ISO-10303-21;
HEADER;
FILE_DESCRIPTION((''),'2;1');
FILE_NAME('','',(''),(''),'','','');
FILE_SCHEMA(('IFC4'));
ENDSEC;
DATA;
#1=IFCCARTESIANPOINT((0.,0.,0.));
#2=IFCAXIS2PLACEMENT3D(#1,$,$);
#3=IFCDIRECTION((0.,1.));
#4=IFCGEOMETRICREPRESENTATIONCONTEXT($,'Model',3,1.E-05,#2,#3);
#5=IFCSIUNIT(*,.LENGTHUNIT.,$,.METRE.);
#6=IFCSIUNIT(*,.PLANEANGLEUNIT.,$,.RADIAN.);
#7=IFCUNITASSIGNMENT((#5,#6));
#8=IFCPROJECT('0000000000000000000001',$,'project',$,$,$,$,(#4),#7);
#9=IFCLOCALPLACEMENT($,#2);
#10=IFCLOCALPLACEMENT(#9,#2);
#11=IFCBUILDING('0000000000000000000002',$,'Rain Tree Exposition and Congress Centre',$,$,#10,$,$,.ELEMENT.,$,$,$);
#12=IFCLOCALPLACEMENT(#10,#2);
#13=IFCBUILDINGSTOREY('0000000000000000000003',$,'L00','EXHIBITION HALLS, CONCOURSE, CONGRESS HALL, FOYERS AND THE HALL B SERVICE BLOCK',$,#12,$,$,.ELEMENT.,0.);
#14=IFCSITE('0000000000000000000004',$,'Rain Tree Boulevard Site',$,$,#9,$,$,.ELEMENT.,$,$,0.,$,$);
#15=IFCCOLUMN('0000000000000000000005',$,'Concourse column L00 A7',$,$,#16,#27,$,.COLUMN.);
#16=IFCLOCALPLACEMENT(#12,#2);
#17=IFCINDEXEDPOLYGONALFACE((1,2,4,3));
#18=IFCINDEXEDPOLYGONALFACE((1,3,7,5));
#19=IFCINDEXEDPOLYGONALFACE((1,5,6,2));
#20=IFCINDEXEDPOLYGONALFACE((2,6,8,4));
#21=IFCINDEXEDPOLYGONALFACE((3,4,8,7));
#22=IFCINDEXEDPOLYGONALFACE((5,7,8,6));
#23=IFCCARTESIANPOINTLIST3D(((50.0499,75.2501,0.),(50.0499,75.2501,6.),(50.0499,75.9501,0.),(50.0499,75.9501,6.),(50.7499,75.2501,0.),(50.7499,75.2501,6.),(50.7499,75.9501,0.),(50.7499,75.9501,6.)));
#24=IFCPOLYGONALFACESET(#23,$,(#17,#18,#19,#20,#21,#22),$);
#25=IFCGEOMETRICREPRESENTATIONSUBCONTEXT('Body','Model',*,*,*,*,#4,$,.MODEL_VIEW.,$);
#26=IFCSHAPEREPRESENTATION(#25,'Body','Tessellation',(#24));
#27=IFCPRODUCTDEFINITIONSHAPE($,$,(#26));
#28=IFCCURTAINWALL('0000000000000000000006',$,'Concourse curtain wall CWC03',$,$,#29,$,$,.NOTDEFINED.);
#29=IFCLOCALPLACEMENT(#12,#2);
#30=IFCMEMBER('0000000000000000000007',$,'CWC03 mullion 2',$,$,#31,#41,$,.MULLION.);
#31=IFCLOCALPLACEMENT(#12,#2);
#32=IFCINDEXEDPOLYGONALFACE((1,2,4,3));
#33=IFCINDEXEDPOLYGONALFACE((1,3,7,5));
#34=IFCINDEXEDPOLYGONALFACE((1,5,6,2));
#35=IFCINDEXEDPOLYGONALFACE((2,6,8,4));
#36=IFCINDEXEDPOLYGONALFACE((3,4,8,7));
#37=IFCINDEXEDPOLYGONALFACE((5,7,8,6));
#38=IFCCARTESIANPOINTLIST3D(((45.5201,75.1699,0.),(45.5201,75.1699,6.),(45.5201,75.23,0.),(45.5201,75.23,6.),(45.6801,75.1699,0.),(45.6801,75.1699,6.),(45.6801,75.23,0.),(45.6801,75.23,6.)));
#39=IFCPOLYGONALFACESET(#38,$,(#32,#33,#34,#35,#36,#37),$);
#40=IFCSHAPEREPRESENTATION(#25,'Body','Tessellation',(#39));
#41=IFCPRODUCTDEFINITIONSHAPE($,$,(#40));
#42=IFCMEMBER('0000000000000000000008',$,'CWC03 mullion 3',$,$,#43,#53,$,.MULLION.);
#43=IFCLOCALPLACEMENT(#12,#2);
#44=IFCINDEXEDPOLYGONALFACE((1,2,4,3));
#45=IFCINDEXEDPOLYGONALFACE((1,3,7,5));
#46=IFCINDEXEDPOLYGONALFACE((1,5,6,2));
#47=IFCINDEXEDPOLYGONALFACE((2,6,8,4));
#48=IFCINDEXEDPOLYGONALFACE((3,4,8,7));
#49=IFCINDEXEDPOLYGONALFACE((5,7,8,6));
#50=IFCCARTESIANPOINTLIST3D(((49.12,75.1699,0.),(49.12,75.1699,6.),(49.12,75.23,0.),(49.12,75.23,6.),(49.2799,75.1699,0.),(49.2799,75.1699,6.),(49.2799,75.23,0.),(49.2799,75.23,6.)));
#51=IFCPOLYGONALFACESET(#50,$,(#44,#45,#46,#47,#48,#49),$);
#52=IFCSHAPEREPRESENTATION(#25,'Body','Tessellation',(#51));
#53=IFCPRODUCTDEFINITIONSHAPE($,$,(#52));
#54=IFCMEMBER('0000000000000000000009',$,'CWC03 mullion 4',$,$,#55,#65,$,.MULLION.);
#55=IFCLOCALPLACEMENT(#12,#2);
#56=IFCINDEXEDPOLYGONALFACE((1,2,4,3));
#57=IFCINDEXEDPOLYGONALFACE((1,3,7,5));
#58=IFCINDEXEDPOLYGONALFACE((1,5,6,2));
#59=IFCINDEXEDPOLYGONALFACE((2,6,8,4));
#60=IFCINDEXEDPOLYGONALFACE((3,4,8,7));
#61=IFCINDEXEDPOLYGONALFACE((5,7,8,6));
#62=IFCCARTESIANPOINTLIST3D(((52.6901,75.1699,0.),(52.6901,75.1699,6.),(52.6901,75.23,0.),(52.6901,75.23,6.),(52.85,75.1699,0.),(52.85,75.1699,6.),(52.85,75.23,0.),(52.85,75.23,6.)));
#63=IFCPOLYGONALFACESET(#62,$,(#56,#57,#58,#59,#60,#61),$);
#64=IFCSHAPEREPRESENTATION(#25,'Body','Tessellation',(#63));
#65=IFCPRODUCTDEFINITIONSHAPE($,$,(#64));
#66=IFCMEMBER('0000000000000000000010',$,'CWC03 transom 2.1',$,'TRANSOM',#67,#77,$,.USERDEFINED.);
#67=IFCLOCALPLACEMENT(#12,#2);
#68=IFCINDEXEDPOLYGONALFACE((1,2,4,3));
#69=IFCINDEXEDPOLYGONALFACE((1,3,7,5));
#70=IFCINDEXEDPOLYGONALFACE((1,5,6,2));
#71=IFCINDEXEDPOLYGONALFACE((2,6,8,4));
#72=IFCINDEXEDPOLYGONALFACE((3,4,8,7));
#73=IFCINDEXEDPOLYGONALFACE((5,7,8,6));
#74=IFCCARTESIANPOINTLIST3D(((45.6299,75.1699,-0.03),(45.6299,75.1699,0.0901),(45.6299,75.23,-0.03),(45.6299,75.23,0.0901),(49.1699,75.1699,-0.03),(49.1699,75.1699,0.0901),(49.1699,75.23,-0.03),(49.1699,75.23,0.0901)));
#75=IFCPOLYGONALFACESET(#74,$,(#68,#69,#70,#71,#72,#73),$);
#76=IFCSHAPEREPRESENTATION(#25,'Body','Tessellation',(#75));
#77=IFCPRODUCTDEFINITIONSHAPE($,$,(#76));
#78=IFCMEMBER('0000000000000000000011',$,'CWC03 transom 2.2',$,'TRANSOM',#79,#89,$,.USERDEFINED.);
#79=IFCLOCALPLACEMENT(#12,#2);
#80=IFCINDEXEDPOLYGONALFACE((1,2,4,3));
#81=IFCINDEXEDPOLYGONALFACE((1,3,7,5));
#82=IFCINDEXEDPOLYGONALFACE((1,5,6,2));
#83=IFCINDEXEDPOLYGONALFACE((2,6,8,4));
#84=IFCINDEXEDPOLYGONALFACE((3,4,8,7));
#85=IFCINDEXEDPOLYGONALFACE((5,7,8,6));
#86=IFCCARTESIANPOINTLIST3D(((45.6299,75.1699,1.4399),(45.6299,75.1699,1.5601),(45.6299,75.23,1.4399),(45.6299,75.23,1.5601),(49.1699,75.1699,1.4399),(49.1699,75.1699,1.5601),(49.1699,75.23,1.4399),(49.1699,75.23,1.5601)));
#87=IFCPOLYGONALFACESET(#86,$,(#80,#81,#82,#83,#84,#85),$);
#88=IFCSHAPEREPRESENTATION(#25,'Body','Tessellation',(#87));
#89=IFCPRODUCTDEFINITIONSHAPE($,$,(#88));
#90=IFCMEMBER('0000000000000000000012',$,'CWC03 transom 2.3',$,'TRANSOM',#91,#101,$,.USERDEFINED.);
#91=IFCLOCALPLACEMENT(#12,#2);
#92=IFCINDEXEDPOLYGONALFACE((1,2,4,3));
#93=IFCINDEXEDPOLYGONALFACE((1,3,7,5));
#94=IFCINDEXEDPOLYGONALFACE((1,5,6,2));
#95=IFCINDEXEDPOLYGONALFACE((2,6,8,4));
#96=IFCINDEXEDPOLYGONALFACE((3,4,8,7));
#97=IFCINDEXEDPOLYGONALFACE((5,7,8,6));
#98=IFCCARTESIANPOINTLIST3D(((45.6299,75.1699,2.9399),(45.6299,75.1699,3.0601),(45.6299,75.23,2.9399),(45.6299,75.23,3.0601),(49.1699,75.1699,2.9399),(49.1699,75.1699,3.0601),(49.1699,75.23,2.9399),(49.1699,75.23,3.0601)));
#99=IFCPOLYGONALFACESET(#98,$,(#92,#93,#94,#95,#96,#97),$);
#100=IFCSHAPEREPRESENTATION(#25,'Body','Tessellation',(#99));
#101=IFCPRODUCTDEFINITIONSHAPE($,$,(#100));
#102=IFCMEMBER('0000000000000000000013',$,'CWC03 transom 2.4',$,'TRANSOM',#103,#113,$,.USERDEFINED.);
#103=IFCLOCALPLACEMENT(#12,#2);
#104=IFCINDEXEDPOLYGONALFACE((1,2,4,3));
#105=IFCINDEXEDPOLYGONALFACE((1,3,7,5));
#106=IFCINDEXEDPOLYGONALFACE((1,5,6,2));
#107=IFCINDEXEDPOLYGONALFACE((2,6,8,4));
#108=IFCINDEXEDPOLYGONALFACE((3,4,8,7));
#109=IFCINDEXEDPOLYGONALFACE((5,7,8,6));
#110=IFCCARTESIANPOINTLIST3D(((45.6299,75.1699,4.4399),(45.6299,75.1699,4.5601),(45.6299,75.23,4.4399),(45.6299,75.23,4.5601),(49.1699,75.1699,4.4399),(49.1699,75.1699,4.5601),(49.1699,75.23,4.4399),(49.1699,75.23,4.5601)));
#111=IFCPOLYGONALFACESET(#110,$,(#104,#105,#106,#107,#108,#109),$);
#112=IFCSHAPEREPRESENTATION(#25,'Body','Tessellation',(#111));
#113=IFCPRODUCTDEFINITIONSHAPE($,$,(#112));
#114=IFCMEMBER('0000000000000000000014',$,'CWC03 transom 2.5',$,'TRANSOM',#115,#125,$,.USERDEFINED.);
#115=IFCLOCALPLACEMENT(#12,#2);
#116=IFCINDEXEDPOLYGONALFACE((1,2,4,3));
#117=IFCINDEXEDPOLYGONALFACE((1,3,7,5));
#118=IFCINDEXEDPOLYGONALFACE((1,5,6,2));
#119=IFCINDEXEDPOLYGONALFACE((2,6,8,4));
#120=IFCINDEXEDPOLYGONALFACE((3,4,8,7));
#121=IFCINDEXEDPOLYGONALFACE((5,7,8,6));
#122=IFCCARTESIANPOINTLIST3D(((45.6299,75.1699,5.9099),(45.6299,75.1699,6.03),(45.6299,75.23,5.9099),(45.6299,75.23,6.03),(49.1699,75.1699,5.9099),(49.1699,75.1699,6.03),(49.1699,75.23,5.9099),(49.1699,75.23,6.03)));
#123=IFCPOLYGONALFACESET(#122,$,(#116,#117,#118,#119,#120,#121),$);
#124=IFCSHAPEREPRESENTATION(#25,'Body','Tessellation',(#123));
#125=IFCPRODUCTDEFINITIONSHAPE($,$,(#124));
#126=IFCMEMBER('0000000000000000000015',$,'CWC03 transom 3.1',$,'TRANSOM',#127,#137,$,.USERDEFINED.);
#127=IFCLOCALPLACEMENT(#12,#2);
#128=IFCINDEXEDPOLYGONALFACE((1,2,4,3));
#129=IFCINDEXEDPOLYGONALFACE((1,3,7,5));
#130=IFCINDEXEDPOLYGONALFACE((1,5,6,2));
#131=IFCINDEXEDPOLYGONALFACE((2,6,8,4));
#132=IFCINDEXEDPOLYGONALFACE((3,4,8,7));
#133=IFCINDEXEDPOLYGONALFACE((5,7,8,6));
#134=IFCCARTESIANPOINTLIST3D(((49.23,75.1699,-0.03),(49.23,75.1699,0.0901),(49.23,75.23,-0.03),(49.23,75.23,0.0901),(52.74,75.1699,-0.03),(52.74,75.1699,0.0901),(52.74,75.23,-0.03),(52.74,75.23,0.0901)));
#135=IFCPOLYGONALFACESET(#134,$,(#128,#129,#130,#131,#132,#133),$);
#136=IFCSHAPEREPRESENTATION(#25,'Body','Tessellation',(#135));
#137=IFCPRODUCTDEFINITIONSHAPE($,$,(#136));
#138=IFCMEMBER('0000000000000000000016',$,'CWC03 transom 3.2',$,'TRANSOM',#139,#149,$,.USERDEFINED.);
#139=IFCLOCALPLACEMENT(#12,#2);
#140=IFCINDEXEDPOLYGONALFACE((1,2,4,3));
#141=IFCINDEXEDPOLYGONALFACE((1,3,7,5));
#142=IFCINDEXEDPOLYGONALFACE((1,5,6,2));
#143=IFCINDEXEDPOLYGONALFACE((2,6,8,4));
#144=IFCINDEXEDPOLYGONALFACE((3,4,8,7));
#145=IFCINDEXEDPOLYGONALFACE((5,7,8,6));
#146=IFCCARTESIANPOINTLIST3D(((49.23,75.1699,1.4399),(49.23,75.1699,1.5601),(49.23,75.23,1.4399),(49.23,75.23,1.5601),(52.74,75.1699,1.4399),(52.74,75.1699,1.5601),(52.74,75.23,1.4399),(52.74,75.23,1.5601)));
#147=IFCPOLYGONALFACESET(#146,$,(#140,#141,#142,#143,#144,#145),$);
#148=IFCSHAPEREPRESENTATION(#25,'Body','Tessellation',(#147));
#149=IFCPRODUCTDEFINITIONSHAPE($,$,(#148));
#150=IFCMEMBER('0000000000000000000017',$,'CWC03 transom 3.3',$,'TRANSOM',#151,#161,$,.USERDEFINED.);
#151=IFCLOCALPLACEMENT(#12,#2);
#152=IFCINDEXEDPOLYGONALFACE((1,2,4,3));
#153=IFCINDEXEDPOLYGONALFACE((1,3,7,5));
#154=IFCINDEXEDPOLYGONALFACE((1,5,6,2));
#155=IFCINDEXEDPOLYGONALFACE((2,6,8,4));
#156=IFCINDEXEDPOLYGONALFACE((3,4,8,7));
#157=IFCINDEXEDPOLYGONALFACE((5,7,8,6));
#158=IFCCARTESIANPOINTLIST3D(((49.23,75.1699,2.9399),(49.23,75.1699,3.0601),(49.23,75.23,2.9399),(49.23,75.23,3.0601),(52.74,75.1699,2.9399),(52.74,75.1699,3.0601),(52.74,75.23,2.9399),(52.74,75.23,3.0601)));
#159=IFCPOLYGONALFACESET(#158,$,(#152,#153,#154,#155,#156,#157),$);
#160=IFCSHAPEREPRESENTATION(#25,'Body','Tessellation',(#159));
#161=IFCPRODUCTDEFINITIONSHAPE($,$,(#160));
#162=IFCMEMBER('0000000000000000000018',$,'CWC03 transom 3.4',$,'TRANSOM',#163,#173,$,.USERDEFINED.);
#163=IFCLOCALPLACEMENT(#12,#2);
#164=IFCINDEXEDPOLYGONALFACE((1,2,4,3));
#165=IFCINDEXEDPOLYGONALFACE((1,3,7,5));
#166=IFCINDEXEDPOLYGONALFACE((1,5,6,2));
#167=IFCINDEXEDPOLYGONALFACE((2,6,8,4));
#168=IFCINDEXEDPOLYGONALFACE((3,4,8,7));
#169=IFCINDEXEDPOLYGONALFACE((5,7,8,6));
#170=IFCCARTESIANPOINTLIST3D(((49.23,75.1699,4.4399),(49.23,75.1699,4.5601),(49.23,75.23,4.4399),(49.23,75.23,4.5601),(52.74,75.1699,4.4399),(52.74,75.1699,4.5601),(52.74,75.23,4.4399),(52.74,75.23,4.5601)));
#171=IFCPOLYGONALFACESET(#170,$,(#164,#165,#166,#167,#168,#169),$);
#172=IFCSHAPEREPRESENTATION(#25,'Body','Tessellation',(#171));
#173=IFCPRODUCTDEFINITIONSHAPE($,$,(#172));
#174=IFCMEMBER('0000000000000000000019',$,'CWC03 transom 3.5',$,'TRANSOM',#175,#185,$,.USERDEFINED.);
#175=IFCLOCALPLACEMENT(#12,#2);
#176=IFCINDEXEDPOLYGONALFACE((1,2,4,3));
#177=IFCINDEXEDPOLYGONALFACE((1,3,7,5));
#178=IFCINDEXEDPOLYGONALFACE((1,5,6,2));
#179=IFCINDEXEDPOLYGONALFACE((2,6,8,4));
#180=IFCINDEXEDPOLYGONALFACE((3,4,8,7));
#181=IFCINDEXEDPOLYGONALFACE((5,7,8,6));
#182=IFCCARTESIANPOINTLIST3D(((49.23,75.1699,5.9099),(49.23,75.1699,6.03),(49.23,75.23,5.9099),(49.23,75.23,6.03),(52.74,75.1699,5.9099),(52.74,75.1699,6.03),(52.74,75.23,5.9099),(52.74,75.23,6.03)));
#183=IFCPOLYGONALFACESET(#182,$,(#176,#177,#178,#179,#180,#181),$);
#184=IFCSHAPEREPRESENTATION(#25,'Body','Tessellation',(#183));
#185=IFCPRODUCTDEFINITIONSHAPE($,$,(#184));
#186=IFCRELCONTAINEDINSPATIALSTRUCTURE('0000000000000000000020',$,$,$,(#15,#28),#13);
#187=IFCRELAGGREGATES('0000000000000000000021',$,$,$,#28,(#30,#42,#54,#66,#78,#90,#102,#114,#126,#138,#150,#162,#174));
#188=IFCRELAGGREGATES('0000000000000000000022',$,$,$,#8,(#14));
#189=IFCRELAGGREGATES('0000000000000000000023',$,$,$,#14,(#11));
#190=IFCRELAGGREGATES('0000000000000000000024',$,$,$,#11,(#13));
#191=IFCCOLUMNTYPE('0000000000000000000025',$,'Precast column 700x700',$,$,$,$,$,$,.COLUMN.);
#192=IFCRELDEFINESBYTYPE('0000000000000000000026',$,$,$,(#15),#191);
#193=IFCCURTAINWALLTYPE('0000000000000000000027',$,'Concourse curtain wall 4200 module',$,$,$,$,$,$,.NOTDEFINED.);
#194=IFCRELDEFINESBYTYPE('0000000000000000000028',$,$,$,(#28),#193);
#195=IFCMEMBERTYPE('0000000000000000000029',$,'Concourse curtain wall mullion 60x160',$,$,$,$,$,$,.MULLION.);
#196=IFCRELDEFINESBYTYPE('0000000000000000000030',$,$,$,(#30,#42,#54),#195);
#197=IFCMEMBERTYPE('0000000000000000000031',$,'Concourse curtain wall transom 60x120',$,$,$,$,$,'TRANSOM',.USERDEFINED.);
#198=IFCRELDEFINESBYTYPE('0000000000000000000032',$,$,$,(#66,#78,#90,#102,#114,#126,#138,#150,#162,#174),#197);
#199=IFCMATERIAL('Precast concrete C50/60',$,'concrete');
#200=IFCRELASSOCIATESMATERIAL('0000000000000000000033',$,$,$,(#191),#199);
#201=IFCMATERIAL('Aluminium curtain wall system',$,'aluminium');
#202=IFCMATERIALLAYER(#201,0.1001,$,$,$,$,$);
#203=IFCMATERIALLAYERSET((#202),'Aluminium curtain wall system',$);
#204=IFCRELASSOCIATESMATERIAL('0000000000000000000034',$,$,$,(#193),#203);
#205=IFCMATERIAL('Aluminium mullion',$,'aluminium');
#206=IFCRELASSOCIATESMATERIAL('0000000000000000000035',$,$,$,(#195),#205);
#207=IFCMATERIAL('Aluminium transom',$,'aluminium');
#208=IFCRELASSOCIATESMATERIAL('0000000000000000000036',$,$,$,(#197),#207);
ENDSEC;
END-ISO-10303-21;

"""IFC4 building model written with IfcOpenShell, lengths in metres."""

from ifc_helpers import new_model, si_unit, direction, frame, origin, origin_2d, place, context, subcontext, project, spatial, rectangle, extrude, material, layer, layer_set, material_profile, profile_set, type_object, element, aggregate, save


model = new_model("IFC4")

# Units and contexts
model_context = context("Model", 3, precision=1e-05, world=origin(), true_north=direction((0.0, 1.0)))
body_context = subcontext(model_context, "Body", "Model", "MODEL_VIEW")
ifc_project = project(units=[si_unit("LENGTHUNIT", "METRE"), si_unit("PLANEANGLEUNIT", "RADIAN")], contexts=[model_context])

# Site, building, storey
site_placement = place(None, origin())
site = spatial("IfcSite", under=ifc_project, at=site_placement, Name="Rain Tree Boulevard Site", CompositionType="ELEMENT", RefElevation=0.0)
building_placement = place(site_placement, origin())
building = spatial("IfcBuilding", under=site, at=building_placement, Name="Rain Tree Exposition and Congress Centre", CompositionType="ELEMENT")
storey_placement = place(building_placement, origin())
storey = spatial("IfcBuildingStorey", under=building, at=storey_placement, Name="L00", Description="EXHIBITION HALLS, CONCOURSE, CONGRESS HALL, FOYERS AND THE HALL B SERVICE BLOCK", CompositionType="ELEMENT", Elevation=0.0)

# Column
ifc_material_1 = material(Name="Precast concrete C50/60", Category="concrete")
ifc_material_profile_1 = material_profile(ifc_material_1, rectangle(XDim=0.7, YDim=0.7, at=origin_2d()), Name="RC 700x700")
ifc_profile_set_1 = profile_set([ifc_material_profile_1], Name="Precast concrete C50/60")
column_type = type_object("IfcColumnType", Name="Precast column 700x700", PredefinedType="COLUMN", material=ifc_profile_set_1)
column_placement = place(storey_placement, frame((50.3999, 75.6001, 0.0), z_axis=(0.0, 0.0, 1.0), x_axis=(1.0, 0.0, 0.0)))
element("IfcColumn", 1, at=column_placement, inside=storey, type_object=column_type, Name="Concourse column L00 A7", PredefinedType="COLUMN", context=body_context, shape_type="SweptSolid", body=[
    extrude(rectangle(XDim=0.7, YDim=0.7, at=origin_2d()), origin(), (0.0, 0.0, 1.0), 6.0),
])

# Curtain wall, members
ifc_material_2 = material(Name="Aluminium curtain wall system", Category="aluminium")
ifc_layer_1 = layer(ifc_material_2, 0.1001)
ifc_layer_set_1 = layer_set([ifc_layer_1], Name="Aluminium curtain wall system")
curtain_wall_type = type_object("IfcCurtainWallType", Name="Concourse curtain wall 4200 module", PredefinedType="NOTDEFINED", material=ifc_layer_set_1)
curtain_wall_placement = place(storey_placement, origin())
curtain_wall = element("IfcCurtainWall", 2, at=curtain_wall_placement, inside=storey, type_object=curtain_wall_type, Name="Concourse curtain wall CWC03", PredefinedType="NOTDEFINED")
ifc_material_3 = material(Name="Aluminium mullion", Category="aluminium")
ifc_material_profile_2 = material_profile(ifc_material_3, rectangle(XDim=0.0601, YDim=0.1599, at=origin_2d()), Name="AL 60x160")
ifc_profile_set_2 = profile_set([ifc_material_profile_2], Name="Aluminium mullion")
member_type_1 = type_object("IfcMemberType", Name="Concourse curtain wall mullion 60x160", PredefinedType="MULLION", material=ifc_profile_set_2)
member_1_placement = place(storey_placement, frame((45.6001, 75.2, 0.0), z_axis=(0.0, 0.0, 1.0), x_axis=(0.0, 1.0, 0.0)))
member_1 = element("IfcMember", 3, at=member_1_placement, type_object=member_type_1, Name="CWC03 mullion 2", PredefinedType="MULLION", context=body_context, shape_type="SweptSolid", body=[
    extrude(rectangle(XDim=0.0601, YDim=0.1599, at=origin_2d()), origin(), (0.0, 0.0, 1.0), 6.0),
])
member_2_placement = place(storey_placement, frame((49.2, 75.2, 0.0), z_axis=(0.0, 0.0, 1.0), x_axis=(0.0, 1.0, 0.0)))
member_2 = element("IfcMember", 4, at=member_2_placement, type_object=member_type_1, Name="CWC03 mullion 3", PredefinedType="MULLION", context=body_context, shape_type="SweptSolid", body=[
    extrude(rectangle(XDim=0.0601, YDim=0.1599, at=origin_2d()), origin(), (0.0, 0.0, 1.0), 6.0),
])
member_3_placement = place(storey_placement, frame((52.77, 75.2, 0.0), z_axis=(0.0, 0.0, 1.0), x_axis=(0.0, 1.0, 0.0)))
member_3 = element("IfcMember", 5, at=member_3_placement, type_object=member_type_1, Name="CWC03 mullion 4", PredefinedType="MULLION", context=body_context, shape_type="SweptSolid", body=[
    extrude(rectangle(XDim=0.0601, YDim=0.1599, at=origin_2d()), origin(), (0.0, 0.0, 1.0), 6.0),
])
ifc_material_4 = material(Name="Aluminium transom", Category="aluminium")
ifc_material_profile_3 = material_profile(ifc_material_4, rectangle(XDim=0.0601, YDim=0.1201, at=origin_2d()), Name="AL 60x120")
ifc_profile_set_3 = profile_set([ifc_material_profile_3], Name="Aluminium transom")
member_type_2 = type_object("IfcMemberType", Name="Concourse curtain wall transom 60x120", ElementType="TRANSOM", PredefinedType="USERDEFINED", material=ifc_profile_set_3)
member_4_placement = place(storey_placement, frame((45.6299, 75.2, 0.03), z_axis=(1.0, 0.0, 0.0), x_axis=(0.0, 1.0, 0.0)))
member_4 = element("IfcMember", 6, at=member_4_placement, type_object=member_type_2, Name="CWC03 transom 2.1", ObjectType="TRANSOM", PredefinedType="USERDEFINED", context=body_context, shape_type="SweptSolid", body=[
    extrude(rectangle(XDim=0.0601, YDim=0.1201, at=origin_2d()), origin(), (0.0, 0.0, 1.0), 3.54),
])
member_5_placement = place(storey_placement, frame((45.6299, 75.2, 1.5), z_axis=(1.0, 0.0, 0.0), x_axis=(0.0, 1.0, 0.0)))
member_5 = element("IfcMember", 7, at=member_5_placement, type_object=member_type_2, Name="CWC03 transom 2.2", ObjectType="TRANSOM", PredefinedType="USERDEFINED", context=body_context, shape_type="SweptSolid", body=[
    extrude(rectangle(XDim=0.0601, YDim=0.1201, at=origin_2d()), origin(), (0.0, 0.0, 1.0), 3.54),
])
member_6_placement = place(storey_placement, frame((45.6299, 75.2, 3.0), z_axis=(1.0, 0.0, 0.0), x_axis=(0.0, 1.0, 0.0)))
member_6 = element("IfcMember", 8, at=member_6_placement, type_object=member_type_2, Name="CWC03 transom 2.3", ObjectType="TRANSOM", PredefinedType="USERDEFINED", context=body_context, shape_type="SweptSolid", body=[
    extrude(rectangle(XDim=0.0601, YDim=0.1201, at=origin_2d()), origin(), (0.0, 0.0, 1.0), 3.54),
])
member_7_placement = place(storey_placement, frame((45.6299, 75.2, 4.5), z_axis=(1.0, 0.0, 0.0), x_axis=(0.0, 1.0, 0.0)))
member_7 = element("IfcMember", 9, at=member_7_placement, type_object=member_type_2, Name="CWC03 transom 2.4", ObjectType="TRANSOM", PredefinedType="USERDEFINED", context=body_context, shape_type="SweptSolid", body=[
    extrude(rectangle(XDim=0.0601, YDim=0.1201, at=origin_2d()), origin(), (0.0, 0.0, 1.0), 3.54),
])
member_8_placement = place(storey_placement, frame((45.6299, 75.2, 5.97), z_axis=(1.0, 0.0, 0.0), x_axis=(0.0, 1.0, 0.0)))
member_8 = element("IfcMember", 10, at=member_8_placement, type_object=member_type_2, Name="CWC03 transom 2.5", ObjectType="TRANSOM", PredefinedType="USERDEFINED", context=body_context, shape_type="SweptSolid", body=[
    extrude(rectangle(XDim=0.0601, YDim=0.1201, at=origin_2d()), origin(), (0.0, 0.0, 1.0), 3.54),
])
member_9_placement = place(storey_placement, frame((49.23, 75.2, 0.03), z_axis=(1.0, 0.0, 0.0), x_axis=(0.0, 1.0, 0.0)))
member_9 = element("IfcMember", 11, at=member_9_placement, type_object=member_type_2, Name="CWC03 transom 3.1", ObjectType="TRANSOM", PredefinedType="USERDEFINED", context=body_context, shape_type="SweptSolid", body=[
    extrude(rectangle(XDim=0.0601, YDim=0.1201, at=origin_2d()), origin(), (0.0, 0.0, 1.0), 3.51),
])
member_10_placement = place(storey_placement, frame((49.23, 75.2, 1.5), z_axis=(1.0, 0.0, 0.0), x_axis=(0.0, 1.0, 0.0)))
member_10 = element("IfcMember", 12, at=member_10_placement, type_object=member_type_2, Name="CWC03 transom 3.2", ObjectType="TRANSOM", PredefinedType="USERDEFINED", context=body_context, shape_type="SweptSolid", body=[
    extrude(rectangle(XDim=0.0601, YDim=0.1201, at=origin_2d()), origin(), (0.0, 0.0, 1.0), 3.51),
])
member_11_placement = place(storey_placement, frame((49.23, 75.2, 3.0), z_axis=(1.0, 0.0, 0.0), x_axis=(0.0, 1.0, 0.0)))
member_11 = element("IfcMember", 13, at=member_11_placement, type_object=member_type_2, Name="CWC03 transom 3.3", ObjectType="TRANSOM", PredefinedType="USERDEFINED", context=body_context, shape_type="SweptSolid", body=[
    extrude(rectangle(XDim=0.0601, YDim=0.1201, at=origin_2d()), origin(), (0.0, 0.0, 1.0), 3.51),
])
member_12_placement = place(storey_placement, frame((49.23, 75.2, 4.5), z_axis=(1.0, 0.0, 0.0), x_axis=(0.0, 1.0, 0.0)))
member_12 = element("IfcMember", 14, at=member_12_placement, type_object=member_type_2, Name="CWC03 transom 3.4", ObjectType="TRANSOM", PredefinedType="USERDEFINED", context=body_context, shape_type="SweptSolid", body=[
    extrude(rectangle(XDim=0.0601, YDim=0.1201, at=origin_2d()), origin(), (0.0, 0.0, 1.0), 3.51),
])
member_13_placement = place(storey_placement, frame((49.23, 75.2, 5.97), z_axis=(1.0, 0.0, 0.0), x_axis=(0.0, 1.0, 0.0)))
member_13 = element("IfcMember", 15, at=member_13_placement, type_object=member_type_2, Name="CWC03 transom 3.5", ObjectType="TRANSOM", PredefinedType="USERDEFINED", context=body_context, shape_type="SweptSolid", body=[
    extrude(rectangle(XDim=0.0601, YDim=0.1201, at=origin_2d()), origin(), (0.0, 0.0, 1.0), 3.51),
])
aggregate(curtain_wall, [member_1, member_2, member_3, member_4, member_5, member_6, member_7, member_8, member_9, member_10, member_11, member_12, member_13])

save(model, "model.ifc")
